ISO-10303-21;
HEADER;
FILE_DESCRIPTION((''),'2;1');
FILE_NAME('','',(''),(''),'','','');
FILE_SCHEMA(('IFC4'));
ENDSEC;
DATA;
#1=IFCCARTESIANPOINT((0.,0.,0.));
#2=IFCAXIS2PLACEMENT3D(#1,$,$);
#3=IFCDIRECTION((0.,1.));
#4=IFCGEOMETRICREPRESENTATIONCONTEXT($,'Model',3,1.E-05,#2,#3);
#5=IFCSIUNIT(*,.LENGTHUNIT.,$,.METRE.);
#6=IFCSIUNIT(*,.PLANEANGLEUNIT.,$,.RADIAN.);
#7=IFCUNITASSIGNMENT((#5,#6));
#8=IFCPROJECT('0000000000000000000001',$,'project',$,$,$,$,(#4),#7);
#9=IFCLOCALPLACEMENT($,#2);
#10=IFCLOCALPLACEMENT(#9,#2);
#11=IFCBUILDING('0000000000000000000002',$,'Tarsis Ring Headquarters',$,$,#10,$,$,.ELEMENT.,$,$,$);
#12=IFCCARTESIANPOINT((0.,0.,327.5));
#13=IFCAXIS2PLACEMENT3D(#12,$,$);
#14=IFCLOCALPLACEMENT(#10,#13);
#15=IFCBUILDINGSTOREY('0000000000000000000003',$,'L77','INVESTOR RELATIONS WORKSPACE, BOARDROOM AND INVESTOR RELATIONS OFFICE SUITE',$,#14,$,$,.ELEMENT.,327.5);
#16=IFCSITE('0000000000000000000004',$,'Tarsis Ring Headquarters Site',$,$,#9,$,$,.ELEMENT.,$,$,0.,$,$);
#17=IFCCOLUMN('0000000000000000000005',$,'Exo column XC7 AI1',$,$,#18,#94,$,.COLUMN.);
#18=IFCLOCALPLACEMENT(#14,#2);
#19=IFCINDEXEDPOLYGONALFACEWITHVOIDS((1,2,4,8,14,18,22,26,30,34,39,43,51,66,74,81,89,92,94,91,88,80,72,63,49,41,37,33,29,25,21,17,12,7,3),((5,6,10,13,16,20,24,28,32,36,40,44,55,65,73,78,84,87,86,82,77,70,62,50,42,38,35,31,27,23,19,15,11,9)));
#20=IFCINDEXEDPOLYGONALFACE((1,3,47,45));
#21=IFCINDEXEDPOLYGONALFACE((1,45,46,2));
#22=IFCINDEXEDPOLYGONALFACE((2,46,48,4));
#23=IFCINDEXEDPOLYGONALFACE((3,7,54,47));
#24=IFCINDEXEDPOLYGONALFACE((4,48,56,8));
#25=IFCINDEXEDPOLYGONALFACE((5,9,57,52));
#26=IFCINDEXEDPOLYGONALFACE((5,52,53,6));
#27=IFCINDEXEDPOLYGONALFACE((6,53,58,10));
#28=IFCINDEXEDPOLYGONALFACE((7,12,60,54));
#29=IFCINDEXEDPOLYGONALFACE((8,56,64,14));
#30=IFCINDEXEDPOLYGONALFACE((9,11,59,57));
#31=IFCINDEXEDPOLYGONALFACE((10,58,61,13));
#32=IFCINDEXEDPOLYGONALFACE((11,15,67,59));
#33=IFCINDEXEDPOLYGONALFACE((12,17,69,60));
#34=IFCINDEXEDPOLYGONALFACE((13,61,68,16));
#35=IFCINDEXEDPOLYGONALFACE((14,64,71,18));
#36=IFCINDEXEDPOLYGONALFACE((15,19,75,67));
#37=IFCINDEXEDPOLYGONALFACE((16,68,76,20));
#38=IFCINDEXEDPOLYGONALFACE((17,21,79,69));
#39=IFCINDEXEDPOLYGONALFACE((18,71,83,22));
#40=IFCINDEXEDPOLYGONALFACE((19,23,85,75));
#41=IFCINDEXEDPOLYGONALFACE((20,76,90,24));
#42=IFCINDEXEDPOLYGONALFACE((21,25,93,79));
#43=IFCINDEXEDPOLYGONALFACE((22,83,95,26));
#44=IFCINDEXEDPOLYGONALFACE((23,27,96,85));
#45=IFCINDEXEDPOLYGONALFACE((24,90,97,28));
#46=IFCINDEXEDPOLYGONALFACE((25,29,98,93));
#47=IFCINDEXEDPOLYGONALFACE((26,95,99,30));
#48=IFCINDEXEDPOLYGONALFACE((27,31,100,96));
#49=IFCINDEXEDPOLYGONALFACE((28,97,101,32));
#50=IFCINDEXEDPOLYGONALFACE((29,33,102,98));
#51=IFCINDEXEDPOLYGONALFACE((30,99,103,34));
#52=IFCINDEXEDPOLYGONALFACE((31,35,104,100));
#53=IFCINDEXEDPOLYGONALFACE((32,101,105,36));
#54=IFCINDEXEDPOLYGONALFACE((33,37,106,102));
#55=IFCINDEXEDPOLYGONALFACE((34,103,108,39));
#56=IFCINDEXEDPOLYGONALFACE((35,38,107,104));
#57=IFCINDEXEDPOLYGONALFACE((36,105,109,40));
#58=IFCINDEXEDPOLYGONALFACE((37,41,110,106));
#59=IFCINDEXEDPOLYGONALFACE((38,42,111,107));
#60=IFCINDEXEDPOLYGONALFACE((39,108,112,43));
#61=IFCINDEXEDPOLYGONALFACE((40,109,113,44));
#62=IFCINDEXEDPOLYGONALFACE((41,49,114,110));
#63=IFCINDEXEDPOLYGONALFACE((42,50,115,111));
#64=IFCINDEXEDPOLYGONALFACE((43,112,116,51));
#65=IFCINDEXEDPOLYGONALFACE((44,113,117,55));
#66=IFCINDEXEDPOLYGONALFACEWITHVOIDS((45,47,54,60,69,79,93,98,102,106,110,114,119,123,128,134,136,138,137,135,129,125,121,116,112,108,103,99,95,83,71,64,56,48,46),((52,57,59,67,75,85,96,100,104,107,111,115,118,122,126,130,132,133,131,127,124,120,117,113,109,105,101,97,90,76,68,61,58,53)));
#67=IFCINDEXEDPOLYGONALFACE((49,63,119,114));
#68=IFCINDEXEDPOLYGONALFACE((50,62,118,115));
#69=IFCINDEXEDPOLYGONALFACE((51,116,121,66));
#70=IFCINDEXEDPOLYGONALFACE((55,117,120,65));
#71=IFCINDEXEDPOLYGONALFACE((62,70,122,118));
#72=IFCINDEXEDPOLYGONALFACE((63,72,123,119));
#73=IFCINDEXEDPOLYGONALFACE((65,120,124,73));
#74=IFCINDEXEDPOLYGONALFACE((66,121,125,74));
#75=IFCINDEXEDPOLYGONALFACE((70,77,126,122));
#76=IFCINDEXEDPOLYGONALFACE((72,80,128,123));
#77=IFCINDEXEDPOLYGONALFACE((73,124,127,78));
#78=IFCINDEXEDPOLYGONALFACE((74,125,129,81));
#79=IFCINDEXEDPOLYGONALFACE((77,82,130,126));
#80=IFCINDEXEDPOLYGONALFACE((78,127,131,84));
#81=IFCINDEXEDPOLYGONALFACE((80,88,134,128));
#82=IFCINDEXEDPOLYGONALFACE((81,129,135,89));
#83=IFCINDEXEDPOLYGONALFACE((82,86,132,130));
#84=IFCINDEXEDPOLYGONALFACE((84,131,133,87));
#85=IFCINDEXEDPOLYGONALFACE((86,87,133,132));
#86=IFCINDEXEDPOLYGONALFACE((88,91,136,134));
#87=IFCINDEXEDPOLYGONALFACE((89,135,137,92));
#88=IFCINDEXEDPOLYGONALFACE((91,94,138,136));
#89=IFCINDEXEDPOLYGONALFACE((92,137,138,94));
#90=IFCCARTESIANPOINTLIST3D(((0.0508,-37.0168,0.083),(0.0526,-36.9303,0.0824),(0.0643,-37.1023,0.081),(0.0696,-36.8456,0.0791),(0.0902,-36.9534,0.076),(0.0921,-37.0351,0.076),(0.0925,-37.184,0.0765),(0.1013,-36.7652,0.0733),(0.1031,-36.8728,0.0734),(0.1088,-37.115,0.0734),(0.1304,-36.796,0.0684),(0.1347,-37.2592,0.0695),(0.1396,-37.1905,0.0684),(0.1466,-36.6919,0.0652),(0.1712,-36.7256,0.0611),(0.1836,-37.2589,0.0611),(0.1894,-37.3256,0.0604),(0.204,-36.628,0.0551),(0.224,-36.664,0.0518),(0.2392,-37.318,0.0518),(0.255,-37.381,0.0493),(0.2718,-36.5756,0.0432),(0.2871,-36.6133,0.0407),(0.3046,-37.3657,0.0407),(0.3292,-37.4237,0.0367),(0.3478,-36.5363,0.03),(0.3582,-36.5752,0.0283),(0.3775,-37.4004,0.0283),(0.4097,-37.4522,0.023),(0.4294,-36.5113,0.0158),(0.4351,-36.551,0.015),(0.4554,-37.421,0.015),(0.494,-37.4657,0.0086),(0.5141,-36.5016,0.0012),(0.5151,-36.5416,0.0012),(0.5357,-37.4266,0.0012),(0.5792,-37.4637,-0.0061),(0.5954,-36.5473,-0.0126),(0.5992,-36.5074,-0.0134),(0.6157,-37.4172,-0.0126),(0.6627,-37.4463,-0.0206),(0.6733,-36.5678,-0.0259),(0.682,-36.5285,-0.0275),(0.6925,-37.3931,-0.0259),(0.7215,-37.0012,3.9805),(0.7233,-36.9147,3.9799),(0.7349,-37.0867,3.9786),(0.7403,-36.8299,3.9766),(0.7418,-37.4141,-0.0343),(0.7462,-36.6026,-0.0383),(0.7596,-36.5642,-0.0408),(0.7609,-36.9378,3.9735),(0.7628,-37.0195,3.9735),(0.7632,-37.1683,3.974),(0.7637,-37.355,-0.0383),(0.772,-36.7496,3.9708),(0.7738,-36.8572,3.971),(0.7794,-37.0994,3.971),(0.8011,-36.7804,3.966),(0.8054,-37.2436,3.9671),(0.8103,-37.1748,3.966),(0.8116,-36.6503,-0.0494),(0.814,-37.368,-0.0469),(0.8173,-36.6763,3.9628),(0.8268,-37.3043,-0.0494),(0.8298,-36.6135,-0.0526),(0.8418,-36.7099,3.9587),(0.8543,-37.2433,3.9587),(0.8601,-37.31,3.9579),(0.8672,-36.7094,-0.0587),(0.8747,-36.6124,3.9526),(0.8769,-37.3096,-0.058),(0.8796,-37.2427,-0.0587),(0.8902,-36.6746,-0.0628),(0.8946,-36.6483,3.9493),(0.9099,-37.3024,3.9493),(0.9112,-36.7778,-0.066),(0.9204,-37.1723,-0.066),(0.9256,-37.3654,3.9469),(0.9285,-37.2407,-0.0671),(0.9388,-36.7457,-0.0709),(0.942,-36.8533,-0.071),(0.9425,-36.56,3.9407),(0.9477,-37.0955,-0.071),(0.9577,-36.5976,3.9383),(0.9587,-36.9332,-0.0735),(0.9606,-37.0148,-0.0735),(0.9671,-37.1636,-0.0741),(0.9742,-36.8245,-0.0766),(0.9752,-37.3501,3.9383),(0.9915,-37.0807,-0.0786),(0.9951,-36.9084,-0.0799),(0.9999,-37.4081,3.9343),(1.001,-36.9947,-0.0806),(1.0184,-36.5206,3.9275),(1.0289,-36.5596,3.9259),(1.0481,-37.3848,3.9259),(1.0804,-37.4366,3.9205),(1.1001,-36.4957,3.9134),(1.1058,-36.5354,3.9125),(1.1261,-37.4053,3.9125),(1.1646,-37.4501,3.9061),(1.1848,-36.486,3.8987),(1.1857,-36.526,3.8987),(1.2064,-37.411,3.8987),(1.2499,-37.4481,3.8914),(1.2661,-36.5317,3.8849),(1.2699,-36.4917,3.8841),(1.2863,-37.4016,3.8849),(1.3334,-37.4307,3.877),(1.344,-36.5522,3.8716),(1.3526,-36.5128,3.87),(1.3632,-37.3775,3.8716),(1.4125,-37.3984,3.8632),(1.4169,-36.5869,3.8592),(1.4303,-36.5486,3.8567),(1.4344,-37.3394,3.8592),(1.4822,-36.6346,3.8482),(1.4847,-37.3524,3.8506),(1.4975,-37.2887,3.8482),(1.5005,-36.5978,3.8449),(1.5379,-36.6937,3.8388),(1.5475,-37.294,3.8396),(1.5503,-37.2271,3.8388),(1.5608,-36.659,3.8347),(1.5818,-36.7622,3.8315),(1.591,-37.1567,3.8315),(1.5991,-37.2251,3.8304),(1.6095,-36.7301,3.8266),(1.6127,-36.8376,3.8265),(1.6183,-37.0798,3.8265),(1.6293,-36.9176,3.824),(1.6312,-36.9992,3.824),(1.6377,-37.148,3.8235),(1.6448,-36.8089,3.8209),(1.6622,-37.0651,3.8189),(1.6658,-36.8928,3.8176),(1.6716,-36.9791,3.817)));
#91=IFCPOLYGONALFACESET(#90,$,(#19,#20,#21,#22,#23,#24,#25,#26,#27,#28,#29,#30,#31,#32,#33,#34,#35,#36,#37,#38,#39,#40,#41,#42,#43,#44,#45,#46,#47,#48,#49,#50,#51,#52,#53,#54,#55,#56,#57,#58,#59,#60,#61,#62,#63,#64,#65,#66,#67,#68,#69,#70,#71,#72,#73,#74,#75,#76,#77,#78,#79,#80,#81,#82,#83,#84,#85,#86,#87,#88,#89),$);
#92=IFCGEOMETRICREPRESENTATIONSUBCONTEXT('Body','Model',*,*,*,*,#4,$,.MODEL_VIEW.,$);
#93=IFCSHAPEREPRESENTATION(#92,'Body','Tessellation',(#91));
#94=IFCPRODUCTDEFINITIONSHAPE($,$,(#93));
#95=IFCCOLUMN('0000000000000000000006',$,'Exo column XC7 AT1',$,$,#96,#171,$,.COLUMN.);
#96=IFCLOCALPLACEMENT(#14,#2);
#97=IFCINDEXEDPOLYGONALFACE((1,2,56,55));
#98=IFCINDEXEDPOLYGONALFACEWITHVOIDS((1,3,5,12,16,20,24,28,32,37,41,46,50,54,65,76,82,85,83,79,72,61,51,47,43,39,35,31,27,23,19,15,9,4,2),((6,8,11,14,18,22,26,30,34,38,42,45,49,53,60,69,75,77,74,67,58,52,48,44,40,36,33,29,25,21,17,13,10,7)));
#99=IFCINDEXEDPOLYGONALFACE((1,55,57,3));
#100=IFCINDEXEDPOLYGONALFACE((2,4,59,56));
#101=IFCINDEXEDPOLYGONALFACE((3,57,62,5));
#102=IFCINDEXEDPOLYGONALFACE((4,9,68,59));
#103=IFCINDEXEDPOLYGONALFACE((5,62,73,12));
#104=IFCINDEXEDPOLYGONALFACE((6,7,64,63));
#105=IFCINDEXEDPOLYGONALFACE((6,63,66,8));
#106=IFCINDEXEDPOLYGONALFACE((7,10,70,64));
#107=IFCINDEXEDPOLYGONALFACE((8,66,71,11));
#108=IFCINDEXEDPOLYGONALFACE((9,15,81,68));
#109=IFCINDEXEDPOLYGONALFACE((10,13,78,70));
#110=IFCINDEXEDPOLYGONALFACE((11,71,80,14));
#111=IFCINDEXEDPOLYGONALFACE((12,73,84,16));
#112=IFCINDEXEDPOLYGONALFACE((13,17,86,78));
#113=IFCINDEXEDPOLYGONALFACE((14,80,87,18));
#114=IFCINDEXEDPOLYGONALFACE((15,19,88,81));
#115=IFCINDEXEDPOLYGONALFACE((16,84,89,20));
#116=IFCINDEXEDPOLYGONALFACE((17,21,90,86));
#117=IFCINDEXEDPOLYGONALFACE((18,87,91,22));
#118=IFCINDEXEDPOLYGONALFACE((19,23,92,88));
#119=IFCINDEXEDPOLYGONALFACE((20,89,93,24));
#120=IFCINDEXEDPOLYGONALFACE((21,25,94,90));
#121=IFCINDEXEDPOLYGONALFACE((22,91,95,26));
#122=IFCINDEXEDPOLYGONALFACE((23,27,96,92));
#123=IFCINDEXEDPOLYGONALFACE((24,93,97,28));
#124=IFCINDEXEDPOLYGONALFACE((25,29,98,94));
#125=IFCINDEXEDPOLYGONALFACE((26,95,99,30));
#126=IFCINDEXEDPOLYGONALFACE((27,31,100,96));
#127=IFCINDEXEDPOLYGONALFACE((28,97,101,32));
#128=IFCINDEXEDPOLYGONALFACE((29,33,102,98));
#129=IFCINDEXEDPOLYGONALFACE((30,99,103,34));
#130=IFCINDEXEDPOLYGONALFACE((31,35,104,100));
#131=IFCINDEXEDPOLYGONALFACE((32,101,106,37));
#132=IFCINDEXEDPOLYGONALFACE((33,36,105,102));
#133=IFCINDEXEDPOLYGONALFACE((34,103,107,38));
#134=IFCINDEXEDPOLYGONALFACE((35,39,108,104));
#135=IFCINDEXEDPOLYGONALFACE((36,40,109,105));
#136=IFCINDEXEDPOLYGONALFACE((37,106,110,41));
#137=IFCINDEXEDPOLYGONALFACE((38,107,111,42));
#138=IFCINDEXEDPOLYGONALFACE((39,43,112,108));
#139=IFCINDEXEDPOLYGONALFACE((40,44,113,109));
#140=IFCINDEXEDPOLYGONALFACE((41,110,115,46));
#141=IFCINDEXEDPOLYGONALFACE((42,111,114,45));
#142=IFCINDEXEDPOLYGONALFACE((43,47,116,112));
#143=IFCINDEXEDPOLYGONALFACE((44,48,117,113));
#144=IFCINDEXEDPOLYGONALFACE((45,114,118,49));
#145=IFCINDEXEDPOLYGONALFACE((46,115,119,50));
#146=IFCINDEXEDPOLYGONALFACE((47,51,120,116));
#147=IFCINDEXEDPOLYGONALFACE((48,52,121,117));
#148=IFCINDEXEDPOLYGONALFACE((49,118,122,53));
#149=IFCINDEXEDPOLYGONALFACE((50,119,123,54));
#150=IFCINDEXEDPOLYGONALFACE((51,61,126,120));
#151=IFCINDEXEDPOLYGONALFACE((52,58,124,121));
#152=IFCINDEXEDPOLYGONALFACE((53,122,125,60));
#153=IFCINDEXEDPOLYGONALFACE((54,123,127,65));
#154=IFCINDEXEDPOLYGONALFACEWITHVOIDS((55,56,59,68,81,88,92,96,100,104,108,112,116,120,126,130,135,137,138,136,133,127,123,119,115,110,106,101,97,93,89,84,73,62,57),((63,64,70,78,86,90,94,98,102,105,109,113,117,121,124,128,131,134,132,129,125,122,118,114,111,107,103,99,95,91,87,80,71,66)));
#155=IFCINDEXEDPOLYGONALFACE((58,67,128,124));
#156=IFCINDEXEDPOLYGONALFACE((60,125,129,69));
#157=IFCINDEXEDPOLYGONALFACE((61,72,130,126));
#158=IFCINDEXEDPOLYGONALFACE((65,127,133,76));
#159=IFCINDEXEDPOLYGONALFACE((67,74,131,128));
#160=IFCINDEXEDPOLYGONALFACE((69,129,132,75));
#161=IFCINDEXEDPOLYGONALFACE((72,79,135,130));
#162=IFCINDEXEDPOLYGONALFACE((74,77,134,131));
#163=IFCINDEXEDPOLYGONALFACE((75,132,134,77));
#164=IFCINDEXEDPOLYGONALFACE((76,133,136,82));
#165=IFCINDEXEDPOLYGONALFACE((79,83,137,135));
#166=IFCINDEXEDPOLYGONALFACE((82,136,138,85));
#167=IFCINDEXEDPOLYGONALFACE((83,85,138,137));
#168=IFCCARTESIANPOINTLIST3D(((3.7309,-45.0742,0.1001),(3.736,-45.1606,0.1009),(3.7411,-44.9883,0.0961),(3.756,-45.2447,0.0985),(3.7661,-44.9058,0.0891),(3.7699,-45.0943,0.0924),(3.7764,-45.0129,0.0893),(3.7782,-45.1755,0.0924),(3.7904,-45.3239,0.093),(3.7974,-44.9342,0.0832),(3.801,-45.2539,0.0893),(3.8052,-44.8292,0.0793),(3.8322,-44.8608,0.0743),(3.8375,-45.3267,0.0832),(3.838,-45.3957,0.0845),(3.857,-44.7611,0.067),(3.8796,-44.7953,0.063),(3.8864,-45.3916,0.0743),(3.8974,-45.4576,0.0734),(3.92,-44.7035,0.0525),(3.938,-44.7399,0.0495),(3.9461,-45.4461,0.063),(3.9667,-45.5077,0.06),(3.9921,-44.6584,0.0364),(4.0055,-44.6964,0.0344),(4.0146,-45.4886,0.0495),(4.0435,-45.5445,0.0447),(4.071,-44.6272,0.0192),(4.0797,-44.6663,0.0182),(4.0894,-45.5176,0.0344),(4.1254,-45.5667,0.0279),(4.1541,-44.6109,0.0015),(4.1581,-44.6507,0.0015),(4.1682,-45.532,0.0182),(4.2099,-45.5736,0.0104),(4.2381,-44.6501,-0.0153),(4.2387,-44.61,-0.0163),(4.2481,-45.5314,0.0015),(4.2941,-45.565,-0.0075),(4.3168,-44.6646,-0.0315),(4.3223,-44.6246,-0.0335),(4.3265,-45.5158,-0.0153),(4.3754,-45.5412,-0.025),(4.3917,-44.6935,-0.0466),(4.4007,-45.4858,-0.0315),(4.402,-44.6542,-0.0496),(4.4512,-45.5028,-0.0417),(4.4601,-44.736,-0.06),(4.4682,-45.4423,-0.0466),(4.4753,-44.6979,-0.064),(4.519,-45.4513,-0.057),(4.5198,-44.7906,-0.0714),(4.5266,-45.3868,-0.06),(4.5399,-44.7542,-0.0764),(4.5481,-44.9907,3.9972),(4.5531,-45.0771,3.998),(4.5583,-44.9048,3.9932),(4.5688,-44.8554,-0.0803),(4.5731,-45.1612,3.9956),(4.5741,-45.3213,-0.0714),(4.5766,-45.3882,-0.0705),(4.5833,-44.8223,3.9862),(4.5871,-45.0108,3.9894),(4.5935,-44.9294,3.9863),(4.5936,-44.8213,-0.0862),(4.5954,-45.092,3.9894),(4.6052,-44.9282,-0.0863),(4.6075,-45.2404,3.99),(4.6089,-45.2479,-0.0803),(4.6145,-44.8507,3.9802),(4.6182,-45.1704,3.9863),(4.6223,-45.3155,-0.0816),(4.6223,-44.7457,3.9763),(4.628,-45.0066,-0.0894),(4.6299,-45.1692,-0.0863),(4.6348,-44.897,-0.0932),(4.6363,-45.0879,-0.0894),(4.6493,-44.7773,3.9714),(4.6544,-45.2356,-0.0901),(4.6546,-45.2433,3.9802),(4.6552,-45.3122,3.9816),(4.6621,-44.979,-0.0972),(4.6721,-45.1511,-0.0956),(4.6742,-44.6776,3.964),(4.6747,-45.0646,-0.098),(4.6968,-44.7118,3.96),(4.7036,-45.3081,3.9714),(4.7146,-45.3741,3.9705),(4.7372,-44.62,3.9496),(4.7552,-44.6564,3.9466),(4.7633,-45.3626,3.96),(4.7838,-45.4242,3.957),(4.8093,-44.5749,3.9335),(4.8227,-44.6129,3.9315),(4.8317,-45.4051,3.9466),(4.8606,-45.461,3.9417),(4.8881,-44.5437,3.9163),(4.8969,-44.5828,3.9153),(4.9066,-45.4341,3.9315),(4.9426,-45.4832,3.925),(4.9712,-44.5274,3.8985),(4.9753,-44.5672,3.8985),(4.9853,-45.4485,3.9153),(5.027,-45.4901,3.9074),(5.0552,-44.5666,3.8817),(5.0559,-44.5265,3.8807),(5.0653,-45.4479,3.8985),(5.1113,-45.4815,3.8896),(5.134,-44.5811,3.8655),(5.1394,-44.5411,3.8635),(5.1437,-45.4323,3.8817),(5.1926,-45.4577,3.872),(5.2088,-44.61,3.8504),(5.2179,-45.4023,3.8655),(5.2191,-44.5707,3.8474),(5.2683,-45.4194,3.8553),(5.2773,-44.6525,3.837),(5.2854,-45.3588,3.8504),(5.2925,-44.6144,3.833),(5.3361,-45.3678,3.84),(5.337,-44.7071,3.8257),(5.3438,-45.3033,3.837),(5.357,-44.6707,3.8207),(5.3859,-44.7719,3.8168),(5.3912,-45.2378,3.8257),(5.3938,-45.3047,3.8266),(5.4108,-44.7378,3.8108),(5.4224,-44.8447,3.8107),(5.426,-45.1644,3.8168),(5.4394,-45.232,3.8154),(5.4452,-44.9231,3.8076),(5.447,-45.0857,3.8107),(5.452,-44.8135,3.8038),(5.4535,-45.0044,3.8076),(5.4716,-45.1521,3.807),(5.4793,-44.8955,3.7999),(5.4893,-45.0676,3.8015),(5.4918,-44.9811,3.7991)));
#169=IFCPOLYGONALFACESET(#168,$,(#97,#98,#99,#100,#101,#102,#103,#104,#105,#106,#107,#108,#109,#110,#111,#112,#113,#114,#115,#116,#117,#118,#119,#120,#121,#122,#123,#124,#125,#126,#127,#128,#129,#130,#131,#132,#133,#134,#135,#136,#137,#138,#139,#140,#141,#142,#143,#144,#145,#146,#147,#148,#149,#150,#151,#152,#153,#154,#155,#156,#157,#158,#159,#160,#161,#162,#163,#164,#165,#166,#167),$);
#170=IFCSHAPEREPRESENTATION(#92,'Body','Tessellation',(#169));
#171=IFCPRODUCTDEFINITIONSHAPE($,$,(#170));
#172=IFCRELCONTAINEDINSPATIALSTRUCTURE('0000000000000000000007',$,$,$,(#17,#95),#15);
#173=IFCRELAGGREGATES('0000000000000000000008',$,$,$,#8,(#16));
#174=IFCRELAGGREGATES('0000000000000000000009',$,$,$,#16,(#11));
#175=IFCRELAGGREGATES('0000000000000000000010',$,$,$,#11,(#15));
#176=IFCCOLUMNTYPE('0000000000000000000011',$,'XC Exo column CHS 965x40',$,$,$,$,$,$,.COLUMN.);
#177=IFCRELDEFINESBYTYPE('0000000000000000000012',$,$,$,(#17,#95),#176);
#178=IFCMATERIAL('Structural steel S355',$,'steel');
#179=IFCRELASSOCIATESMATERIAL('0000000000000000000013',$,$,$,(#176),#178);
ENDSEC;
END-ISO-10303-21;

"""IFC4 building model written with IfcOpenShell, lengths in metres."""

from ifc_helpers import new_model, si_unit, direction, frame, origin, origin_2d, place, context, subcontext, project, spatial, hollow_circle, extrude, material, material_profile, profile_set, type_object, element, save


model = new_model("IFC4")

# Units and contexts
model_context = context("Model", 3, precision=1e-05, world=origin(), true_north=direction((0.0, 1.0)))
body_context = subcontext(model_context, "Body", "Model", "MODEL_VIEW")
ifc_project = project(units=[si_unit("LENGTHUNIT", "METRE"), si_unit("PLANEANGLEUNIT", "RADIAN")], contexts=[model_context])

# Site, building, storey
site_placement = place(None, origin())
site = spatial("IfcSite", under=ifc_project, at=site_placement, Name="Tarsis Ring Headquarters Site", CompositionType="ELEMENT", RefElevation=0.0)
building_placement = place(site_placement, origin())
building = spatial("IfcBuilding", under=site, at=building_placement, Name="Tarsis Ring Headquarters", CompositionType="ELEMENT")
storey_placement = place(building_placement, frame((0.0, 0.0, 327.5)))
storey = spatial("IfcBuildingStorey", under=building, at=storey_placement, Name="L77", Description="INVESTOR RELATIONS WORKSPACE, BOARDROOM AND INVESTOR RELATIONS OFFICE SUITE", CompositionType="ELEMENT", Elevation=327.5)

# Columns
ifc_material_1 = material(Name="Structural steel S355", Category="steel")
ifc_material_profile_1 = material_profile(ifc_material_1, hollow_circle(Radius=0.4827, WallThickness=0.04, at=origin_2d()), Name="CHS 965x40")
ifc_profile_set_1 = profile_set([ifc_material_profile_1], Name="Structural steel S355")
column_type = type_object("IfcColumnType", Name="XC Exo column CHS 965x40", PredefinedType="COLUMN", material=ifc_profile_set_1)
column_1_placement = place(storey_placement, frame((0.5254, -36.9841, 0.0012), z_axis=(0.169581, 0.003951, 0.985508), x_axis=(-0.023292, 0.999729, 0.0)))
element("IfcColumn", 1, at=column_1_placement, inside=storey, type_object=column_type, Name="Exo column XC7 AI1", PredefinedType="COLUMN", context=body_context, shape_type="SweptSolid", body=[
    extrude(hollow_circle(Radius=0.4827, WallThickness=0.04, at=origin_2d()), origin(), (0.0, 0.0, 1.0), 3.9548),
])
column_2_placement = place(storey_placement, frame((4.2031, -45.0911, 0.0015), z_axis=(0.205177, 0.020965, 0.9785), x_axis=(-0.101652, 0.99482, 0.0)))
element("IfcColumn", 2, at=column_2_placement, inside=storey, type_object=column_type, Name="Exo column XC7 AT1", PredefinedType="COLUMN", context=body_context, shape_type="SweptSolid", body=[
    extrude(hollow_circle(Radius=0.4827, WallThickness=0.04, at=origin_2d()), origin(), (0.0, 0.0, 1.0), 3.9827),
])

save(model, "model.ifc")
